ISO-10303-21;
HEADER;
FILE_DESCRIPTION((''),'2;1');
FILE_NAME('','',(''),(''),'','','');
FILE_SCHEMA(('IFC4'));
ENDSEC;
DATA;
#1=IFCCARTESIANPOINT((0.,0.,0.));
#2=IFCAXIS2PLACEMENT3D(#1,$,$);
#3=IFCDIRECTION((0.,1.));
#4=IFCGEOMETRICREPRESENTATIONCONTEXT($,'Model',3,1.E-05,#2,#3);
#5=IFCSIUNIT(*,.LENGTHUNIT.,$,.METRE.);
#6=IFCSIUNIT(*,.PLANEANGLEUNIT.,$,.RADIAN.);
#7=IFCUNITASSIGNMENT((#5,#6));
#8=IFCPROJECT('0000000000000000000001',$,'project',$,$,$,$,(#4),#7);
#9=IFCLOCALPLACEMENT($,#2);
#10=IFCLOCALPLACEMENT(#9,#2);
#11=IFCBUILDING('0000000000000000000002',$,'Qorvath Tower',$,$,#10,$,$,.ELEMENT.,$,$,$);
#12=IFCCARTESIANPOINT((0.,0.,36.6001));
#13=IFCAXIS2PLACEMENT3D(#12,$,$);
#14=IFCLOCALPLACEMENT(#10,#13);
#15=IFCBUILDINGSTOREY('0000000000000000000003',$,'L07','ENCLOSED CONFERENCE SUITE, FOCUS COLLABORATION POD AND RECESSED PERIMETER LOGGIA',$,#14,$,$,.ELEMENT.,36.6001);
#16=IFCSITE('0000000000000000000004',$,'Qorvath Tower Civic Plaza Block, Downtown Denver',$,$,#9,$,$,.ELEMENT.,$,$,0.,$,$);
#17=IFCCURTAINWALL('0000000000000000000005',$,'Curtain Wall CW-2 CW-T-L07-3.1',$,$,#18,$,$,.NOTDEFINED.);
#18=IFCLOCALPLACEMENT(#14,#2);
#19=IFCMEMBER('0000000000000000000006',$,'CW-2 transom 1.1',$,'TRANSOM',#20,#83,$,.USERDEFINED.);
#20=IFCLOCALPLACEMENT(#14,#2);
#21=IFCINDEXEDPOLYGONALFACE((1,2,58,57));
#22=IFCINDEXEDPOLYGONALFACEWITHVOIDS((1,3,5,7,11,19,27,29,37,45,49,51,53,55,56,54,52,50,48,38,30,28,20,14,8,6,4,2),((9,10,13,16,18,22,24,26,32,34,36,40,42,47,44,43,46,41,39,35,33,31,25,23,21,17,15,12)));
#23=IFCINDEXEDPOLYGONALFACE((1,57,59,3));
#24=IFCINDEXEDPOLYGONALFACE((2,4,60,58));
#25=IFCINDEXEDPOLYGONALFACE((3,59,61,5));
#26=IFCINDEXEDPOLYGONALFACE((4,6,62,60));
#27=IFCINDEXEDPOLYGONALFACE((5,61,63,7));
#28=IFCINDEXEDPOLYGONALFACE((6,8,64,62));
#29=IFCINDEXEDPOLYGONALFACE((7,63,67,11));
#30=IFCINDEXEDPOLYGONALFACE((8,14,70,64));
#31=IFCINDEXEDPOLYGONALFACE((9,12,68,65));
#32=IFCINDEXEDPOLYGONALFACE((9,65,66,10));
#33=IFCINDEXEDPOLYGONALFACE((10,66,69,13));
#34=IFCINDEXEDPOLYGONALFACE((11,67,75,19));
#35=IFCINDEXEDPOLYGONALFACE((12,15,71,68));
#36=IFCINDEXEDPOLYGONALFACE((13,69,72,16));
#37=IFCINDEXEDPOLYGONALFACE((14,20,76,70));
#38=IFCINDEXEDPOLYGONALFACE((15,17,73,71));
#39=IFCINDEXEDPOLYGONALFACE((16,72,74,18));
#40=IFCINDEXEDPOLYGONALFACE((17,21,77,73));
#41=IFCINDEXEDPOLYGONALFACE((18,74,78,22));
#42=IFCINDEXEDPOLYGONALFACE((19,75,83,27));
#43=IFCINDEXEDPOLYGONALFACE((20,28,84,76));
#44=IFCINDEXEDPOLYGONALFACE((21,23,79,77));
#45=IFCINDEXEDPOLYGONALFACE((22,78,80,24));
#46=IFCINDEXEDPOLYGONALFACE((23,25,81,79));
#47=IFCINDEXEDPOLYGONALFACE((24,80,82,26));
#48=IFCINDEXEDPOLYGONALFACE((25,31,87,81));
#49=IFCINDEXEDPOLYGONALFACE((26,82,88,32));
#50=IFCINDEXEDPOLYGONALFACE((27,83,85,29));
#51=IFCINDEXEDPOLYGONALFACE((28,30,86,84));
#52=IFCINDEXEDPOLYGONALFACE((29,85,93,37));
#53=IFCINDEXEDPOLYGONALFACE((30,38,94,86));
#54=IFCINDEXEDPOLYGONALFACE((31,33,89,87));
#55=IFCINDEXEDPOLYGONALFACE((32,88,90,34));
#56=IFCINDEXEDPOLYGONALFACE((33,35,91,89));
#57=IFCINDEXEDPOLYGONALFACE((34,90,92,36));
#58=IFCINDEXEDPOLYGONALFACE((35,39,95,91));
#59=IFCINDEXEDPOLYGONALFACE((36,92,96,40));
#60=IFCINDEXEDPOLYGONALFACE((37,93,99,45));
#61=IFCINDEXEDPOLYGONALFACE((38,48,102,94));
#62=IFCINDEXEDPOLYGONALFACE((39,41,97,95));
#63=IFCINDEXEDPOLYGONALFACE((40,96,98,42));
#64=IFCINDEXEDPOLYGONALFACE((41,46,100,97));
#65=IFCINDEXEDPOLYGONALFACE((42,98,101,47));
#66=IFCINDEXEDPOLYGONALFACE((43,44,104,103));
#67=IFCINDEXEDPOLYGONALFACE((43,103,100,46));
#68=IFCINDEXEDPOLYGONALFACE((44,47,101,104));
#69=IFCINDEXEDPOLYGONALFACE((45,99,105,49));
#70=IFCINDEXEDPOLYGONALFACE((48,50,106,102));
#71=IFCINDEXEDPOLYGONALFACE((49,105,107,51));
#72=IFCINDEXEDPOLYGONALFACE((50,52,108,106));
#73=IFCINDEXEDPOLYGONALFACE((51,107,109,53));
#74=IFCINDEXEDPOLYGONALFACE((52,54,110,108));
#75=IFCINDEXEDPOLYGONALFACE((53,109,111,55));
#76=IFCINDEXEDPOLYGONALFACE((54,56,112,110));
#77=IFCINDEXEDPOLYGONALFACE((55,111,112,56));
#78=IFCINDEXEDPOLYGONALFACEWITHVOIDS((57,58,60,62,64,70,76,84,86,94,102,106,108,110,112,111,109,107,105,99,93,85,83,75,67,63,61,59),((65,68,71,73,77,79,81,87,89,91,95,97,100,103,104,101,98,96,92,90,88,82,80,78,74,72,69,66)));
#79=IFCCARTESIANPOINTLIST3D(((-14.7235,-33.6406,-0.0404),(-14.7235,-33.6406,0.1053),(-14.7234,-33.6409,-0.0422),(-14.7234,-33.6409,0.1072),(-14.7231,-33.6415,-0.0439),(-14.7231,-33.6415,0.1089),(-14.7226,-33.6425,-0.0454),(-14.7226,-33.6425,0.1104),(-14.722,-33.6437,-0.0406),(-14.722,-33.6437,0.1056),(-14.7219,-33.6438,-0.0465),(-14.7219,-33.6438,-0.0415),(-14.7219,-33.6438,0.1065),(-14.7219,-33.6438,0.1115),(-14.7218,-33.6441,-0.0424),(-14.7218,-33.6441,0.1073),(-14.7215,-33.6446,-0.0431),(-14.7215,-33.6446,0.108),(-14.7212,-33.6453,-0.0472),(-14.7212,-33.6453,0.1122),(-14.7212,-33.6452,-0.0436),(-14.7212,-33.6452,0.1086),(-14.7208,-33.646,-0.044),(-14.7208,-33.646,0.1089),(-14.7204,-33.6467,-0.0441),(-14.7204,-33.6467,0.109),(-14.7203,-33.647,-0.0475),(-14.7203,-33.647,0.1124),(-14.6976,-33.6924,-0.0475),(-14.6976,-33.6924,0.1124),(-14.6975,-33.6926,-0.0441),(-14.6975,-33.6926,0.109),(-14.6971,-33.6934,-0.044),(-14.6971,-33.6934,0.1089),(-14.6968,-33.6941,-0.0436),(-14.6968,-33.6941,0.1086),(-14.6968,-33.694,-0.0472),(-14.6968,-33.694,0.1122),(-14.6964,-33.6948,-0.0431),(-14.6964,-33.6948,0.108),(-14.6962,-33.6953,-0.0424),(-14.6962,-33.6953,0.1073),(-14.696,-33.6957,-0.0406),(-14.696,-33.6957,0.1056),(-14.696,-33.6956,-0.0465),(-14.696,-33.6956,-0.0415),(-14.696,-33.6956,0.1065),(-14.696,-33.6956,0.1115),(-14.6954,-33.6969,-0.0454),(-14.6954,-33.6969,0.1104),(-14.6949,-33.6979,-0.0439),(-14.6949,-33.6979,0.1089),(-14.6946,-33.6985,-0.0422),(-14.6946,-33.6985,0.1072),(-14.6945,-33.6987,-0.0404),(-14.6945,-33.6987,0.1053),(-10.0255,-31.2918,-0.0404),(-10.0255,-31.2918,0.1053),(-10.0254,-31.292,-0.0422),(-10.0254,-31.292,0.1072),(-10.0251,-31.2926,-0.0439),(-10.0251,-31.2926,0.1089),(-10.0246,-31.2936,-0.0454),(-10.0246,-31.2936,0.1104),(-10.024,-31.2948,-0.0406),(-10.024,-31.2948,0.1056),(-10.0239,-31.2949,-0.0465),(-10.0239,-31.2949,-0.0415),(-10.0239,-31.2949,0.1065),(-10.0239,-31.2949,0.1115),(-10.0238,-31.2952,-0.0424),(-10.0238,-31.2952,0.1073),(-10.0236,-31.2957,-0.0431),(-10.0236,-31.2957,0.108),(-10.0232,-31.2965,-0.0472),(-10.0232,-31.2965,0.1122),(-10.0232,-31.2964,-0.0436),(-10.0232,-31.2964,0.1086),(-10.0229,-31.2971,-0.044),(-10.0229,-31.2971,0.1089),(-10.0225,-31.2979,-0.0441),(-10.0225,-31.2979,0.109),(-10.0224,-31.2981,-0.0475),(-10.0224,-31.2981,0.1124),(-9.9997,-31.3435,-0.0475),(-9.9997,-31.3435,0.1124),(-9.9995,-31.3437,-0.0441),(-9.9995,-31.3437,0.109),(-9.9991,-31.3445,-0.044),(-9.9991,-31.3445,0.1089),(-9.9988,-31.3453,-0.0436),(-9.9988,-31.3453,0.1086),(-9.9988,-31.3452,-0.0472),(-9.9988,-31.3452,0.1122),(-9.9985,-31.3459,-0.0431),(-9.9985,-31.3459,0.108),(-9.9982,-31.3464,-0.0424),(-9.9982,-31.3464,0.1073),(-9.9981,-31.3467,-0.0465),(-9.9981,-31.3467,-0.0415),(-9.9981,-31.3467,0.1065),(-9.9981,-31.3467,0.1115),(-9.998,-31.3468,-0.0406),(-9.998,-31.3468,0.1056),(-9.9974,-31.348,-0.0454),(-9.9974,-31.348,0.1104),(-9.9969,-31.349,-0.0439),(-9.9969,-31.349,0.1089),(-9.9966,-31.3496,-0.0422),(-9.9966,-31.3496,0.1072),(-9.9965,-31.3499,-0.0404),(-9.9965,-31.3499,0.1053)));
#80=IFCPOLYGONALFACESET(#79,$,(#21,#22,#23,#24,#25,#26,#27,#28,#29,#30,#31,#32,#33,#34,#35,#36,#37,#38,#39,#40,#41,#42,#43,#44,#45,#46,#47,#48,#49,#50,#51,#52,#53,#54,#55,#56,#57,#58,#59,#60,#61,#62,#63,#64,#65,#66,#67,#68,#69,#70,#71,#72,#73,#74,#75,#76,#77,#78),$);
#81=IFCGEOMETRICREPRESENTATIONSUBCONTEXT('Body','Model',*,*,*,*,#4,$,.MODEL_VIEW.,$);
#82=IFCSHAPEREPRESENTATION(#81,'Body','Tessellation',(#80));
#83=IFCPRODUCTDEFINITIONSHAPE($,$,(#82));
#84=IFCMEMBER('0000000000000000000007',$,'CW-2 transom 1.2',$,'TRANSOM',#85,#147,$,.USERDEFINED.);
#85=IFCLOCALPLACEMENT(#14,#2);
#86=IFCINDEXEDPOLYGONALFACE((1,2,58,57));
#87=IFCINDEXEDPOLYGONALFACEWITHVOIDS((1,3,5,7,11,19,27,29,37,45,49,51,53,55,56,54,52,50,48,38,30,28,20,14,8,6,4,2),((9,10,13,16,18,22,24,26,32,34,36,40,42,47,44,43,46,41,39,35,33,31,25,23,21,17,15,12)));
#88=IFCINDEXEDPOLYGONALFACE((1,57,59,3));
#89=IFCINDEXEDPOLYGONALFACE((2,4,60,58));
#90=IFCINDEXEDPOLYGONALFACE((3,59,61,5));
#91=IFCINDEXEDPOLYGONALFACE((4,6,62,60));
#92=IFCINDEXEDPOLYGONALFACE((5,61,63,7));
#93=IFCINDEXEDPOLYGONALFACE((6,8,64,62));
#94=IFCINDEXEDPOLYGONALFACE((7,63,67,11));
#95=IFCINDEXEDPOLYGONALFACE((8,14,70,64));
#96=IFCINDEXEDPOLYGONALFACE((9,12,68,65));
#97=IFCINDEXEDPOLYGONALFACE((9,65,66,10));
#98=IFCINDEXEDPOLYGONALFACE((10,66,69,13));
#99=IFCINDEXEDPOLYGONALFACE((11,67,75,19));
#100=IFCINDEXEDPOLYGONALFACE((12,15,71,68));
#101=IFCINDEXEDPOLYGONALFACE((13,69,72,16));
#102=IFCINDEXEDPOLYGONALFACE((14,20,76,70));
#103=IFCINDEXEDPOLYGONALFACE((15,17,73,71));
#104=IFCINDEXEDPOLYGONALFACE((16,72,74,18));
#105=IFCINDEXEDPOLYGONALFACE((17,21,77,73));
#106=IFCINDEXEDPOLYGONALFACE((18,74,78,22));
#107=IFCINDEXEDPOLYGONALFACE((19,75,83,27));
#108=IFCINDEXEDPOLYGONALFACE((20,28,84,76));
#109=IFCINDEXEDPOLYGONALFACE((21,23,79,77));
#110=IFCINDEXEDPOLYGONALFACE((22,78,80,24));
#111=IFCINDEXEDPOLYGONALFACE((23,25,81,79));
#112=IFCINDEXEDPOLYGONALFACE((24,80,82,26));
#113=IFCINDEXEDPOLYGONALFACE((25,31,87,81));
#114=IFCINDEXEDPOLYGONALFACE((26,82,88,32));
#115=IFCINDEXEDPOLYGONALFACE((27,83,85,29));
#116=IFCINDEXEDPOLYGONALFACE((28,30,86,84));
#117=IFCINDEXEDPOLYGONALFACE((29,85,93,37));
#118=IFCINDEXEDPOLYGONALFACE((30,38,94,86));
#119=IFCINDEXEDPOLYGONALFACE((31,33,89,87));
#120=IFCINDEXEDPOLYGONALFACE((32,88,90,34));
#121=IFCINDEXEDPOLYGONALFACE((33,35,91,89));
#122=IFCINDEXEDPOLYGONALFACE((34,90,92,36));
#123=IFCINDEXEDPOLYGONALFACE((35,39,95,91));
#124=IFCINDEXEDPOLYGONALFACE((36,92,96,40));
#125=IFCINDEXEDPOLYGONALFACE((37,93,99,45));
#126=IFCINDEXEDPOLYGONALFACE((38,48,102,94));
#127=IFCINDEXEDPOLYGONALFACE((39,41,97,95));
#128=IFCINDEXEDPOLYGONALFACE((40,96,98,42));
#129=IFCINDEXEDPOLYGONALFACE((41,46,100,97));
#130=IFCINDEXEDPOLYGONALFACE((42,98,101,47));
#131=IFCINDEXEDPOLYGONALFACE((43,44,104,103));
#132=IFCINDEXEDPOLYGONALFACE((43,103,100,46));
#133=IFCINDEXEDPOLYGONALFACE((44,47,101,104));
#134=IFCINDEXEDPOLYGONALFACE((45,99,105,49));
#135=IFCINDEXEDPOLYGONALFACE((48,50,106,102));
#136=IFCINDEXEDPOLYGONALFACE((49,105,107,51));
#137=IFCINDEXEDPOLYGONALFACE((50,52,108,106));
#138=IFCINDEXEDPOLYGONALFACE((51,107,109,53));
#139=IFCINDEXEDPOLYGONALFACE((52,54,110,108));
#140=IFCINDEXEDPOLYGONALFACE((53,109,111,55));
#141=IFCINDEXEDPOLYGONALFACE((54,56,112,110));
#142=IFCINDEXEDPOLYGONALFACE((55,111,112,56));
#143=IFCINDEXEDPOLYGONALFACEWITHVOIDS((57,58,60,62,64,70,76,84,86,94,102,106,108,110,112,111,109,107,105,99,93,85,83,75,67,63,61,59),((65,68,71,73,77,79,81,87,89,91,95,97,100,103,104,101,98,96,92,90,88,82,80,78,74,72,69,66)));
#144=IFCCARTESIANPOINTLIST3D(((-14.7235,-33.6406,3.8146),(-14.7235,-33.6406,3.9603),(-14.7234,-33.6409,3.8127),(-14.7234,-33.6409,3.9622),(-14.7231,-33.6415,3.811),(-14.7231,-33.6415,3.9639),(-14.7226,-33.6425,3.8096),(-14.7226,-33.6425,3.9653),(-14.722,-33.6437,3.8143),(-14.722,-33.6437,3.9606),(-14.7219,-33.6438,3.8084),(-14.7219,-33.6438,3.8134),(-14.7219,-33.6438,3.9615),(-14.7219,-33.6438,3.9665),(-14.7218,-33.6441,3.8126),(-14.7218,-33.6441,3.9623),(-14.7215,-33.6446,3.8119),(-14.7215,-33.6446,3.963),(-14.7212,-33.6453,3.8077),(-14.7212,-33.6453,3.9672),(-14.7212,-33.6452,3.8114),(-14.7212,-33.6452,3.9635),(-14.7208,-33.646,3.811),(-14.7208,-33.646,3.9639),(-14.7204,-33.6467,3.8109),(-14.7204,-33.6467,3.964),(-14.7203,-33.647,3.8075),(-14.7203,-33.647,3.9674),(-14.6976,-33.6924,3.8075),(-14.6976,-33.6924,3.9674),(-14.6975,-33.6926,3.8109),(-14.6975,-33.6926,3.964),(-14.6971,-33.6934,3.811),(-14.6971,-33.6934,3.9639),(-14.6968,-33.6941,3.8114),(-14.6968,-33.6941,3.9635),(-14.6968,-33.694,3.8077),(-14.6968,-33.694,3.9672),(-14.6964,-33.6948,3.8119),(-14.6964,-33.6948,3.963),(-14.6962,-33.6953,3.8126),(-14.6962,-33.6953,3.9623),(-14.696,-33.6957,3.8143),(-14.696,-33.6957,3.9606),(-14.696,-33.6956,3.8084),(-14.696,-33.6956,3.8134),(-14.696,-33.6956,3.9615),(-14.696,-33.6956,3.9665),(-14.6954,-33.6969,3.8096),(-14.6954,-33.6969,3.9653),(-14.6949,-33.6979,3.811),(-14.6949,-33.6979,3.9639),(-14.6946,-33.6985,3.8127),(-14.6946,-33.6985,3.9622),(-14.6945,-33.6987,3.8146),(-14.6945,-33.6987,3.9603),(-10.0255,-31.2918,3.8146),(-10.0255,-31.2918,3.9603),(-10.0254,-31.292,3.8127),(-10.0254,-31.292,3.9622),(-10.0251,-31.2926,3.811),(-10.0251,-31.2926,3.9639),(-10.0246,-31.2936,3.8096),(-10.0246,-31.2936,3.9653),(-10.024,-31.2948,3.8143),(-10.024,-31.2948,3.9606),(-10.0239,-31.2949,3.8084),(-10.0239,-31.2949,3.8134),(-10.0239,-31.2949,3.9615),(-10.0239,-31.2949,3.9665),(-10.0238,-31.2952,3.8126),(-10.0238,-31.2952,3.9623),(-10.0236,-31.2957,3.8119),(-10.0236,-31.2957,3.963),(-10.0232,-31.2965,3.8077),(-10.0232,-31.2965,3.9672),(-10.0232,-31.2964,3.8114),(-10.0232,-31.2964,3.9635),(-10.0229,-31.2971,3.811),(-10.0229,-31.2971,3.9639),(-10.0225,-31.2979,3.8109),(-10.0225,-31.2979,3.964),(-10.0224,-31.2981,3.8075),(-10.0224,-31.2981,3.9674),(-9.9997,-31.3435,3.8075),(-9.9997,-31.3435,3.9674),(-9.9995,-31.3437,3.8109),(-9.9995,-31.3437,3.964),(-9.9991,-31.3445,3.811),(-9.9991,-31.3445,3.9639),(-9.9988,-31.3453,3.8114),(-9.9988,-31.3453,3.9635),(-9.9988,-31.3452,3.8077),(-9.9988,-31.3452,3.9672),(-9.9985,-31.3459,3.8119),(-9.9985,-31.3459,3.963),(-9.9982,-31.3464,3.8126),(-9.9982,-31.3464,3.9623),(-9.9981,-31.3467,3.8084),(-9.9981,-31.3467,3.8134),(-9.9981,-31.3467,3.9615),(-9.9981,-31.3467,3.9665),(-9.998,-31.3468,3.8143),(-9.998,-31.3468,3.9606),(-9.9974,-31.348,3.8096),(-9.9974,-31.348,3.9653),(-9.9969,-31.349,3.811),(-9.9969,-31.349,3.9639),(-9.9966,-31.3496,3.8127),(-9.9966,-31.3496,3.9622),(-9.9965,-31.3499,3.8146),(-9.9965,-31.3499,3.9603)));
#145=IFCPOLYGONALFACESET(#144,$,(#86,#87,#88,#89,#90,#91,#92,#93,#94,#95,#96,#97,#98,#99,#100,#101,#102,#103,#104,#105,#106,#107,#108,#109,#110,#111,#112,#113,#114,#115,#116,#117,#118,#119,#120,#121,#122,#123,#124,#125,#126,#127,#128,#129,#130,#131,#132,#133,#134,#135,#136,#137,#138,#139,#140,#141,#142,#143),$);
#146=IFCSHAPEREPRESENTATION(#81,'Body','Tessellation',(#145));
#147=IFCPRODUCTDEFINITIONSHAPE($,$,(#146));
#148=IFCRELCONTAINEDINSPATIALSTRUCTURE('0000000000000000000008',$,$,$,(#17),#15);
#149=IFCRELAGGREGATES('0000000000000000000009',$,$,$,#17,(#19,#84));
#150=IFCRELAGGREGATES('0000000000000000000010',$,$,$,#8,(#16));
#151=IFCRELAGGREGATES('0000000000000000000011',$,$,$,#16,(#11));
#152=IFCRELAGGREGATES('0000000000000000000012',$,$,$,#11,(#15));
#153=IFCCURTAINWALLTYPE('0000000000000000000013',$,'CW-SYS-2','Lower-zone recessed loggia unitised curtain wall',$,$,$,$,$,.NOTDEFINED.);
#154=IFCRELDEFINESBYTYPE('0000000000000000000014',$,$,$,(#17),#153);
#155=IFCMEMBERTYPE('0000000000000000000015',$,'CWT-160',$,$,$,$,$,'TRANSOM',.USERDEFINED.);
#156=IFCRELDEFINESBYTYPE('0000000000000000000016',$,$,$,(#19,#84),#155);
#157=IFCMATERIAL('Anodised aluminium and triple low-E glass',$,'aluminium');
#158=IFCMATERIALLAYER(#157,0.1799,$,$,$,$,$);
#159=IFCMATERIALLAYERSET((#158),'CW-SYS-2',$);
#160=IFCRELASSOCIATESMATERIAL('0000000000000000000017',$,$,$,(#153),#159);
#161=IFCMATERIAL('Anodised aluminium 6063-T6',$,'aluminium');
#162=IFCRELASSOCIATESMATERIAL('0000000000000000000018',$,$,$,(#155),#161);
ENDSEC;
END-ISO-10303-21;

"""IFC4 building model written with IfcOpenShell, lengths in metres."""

from ifc_helpers import new_model, si_unit, direction, frame, origin, origin_2d, place, context, subcontext, project, spatial, hollow_rectangle, extrude, material, layer, layer_set, material_profile, profile_set, type_object, element, aggregate, save


model = new_model("IFC4")

# Units and contexts
model_context = context("Model", 3, precision=1e-05, world=origin(), true_north=direction((0.0, 1.0)))
body_context = subcontext(model_context, "Body", "Model", "MODEL_VIEW")
ifc_project = project(units=[si_unit("LENGTHUNIT", "METRE"), si_unit("PLANEANGLEUNIT", "RADIAN")], contexts=[model_context])

# Site, building, storey
site_placement = place(None, origin())
site = spatial("IfcSite", under=ifc_project, at=site_placement, Name="Qorvath Tower Civic Plaza Block, Downtown Denver", CompositionType="ELEMENT", RefElevation=0.0)
building_placement = place(site_placement, origin())
building = spatial("IfcBuilding", under=site, at=building_placement, Name="Qorvath Tower", CompositionType="ELEMENT")
storey_placement = place(building_placement, frame((0.0, 0.0, 36.6001)))
storey = spatial("IfcBuildingStorey", under=building, at=storey_placement, Name="L07", Description="ENCLOSED CONFERENCE SUITE, FOCUS COLLABORATION POD AND RECESSED PERIMETER LOGGIA", CompositionType="ELEMENT", Elevation=36.6001)

# Curtain wall
ifc_material_1 = material(Name="Anodised aluminium and triple low-E glass", Category="aluminium")
ifc_layer_1 = layer(ifc_material_1, 0.1799)
ifc_layer_set_1 = layer_set([ifc_layer_1], Name="CW-SYS-2")
curtain_wall_type = type_object("IfcCurtainWallType", Name="CW-SYS-2", Description="Lower-zone recessed loggia unitised curtain wall", PredefinedType="NOTDEFINED", material=ifc_layer_set_1)
curtain_wall_1_placement = place(storey_placement, origin())
curtain_wall_1 = element("IfcCurtainWall", 1, at=curtain_wall_1_placement, inside=storey, type_object=curtain_wall_type, Name="Curtain Wall CW-2 CW-T-L07-3.1", PredefinedType="NOTDEFINED")

# Members
ifc_material_2 = material(Name="Anodised aluminium 6063-T6", Category="aluminium")
ifc_material_profile_1 = material_profile(ifc_material_2, hollow_rectangle(XDim=0.0649, YDim=0.1599, WallThickness=0.0034, InnerFilletRadius=0.0034, OuterFilletRadius=0.0071, at=origin_2d()), Name="CWT 160x65")
ifc_profile_set_1 = profile_set([ifc_material_profile_1], Name="Anodised aluminium 6063-T6")
member_type_1 = type_object("IfcMemberType", Name="CWT-160", ElementType="TRANSOM", PredefinedType="USERDEFINED", material=ifc_profile_set_1)
member_1_placement = place(storey_placement, frame((-14.709, -33.6697, 0.0325), z_axis=(0.894436, 0.447195, 0.0), x_axis=(-0.447195, 0.894436, 0.0)))
member_1 = element("IfcMember", 2, at=member_1_placement, type_object=member_type_1, Name="CW-2 transom 1.1", ObjectType="TRANSOM", PredefinedType="USERDEFINED", context=body_context, shape_type="SweptSolid", body=[
    extrude(hollow_rectangle(XDim=0.0649, YDim=0.1599, WallThickness=0.0034, InnerFilletRadius=0.0034, OuterFilletRadius=0.0071, at=origin_2d()), origin(), (0.0, 0.0, 1.0), 5.2524),
])
member_2_placement = place(storey_placement, frame((-14.709, -33.6697, 3.8875), z_axis=(0.894436, 0.447195, 0.0), x_axis=(-0.447195, 0.894436, 0.0)))
member_2 = element("IfcMember", 3, at=member_2_placement, type_object=member_type_1, Name="CW-2 transom 1.2", ObjectType="TRANSOM", PredefinedType="USERDEFINED", context=body_context, shape_type="SweptSolid", body=[
    extrude(hollow_rectangle(XDim=0.0649, YDim=0.1599, WallThickness=0.0034, InnerFilletRadius=0.0034, OuterFilletRadius=0.0071, at=origin_2d()), origin(), (0.0, 0.0, 1.0), 5.2524),
])

aggregate(curtain_wall_1, [member_1, member_2])

save(model, "model.ifc")
